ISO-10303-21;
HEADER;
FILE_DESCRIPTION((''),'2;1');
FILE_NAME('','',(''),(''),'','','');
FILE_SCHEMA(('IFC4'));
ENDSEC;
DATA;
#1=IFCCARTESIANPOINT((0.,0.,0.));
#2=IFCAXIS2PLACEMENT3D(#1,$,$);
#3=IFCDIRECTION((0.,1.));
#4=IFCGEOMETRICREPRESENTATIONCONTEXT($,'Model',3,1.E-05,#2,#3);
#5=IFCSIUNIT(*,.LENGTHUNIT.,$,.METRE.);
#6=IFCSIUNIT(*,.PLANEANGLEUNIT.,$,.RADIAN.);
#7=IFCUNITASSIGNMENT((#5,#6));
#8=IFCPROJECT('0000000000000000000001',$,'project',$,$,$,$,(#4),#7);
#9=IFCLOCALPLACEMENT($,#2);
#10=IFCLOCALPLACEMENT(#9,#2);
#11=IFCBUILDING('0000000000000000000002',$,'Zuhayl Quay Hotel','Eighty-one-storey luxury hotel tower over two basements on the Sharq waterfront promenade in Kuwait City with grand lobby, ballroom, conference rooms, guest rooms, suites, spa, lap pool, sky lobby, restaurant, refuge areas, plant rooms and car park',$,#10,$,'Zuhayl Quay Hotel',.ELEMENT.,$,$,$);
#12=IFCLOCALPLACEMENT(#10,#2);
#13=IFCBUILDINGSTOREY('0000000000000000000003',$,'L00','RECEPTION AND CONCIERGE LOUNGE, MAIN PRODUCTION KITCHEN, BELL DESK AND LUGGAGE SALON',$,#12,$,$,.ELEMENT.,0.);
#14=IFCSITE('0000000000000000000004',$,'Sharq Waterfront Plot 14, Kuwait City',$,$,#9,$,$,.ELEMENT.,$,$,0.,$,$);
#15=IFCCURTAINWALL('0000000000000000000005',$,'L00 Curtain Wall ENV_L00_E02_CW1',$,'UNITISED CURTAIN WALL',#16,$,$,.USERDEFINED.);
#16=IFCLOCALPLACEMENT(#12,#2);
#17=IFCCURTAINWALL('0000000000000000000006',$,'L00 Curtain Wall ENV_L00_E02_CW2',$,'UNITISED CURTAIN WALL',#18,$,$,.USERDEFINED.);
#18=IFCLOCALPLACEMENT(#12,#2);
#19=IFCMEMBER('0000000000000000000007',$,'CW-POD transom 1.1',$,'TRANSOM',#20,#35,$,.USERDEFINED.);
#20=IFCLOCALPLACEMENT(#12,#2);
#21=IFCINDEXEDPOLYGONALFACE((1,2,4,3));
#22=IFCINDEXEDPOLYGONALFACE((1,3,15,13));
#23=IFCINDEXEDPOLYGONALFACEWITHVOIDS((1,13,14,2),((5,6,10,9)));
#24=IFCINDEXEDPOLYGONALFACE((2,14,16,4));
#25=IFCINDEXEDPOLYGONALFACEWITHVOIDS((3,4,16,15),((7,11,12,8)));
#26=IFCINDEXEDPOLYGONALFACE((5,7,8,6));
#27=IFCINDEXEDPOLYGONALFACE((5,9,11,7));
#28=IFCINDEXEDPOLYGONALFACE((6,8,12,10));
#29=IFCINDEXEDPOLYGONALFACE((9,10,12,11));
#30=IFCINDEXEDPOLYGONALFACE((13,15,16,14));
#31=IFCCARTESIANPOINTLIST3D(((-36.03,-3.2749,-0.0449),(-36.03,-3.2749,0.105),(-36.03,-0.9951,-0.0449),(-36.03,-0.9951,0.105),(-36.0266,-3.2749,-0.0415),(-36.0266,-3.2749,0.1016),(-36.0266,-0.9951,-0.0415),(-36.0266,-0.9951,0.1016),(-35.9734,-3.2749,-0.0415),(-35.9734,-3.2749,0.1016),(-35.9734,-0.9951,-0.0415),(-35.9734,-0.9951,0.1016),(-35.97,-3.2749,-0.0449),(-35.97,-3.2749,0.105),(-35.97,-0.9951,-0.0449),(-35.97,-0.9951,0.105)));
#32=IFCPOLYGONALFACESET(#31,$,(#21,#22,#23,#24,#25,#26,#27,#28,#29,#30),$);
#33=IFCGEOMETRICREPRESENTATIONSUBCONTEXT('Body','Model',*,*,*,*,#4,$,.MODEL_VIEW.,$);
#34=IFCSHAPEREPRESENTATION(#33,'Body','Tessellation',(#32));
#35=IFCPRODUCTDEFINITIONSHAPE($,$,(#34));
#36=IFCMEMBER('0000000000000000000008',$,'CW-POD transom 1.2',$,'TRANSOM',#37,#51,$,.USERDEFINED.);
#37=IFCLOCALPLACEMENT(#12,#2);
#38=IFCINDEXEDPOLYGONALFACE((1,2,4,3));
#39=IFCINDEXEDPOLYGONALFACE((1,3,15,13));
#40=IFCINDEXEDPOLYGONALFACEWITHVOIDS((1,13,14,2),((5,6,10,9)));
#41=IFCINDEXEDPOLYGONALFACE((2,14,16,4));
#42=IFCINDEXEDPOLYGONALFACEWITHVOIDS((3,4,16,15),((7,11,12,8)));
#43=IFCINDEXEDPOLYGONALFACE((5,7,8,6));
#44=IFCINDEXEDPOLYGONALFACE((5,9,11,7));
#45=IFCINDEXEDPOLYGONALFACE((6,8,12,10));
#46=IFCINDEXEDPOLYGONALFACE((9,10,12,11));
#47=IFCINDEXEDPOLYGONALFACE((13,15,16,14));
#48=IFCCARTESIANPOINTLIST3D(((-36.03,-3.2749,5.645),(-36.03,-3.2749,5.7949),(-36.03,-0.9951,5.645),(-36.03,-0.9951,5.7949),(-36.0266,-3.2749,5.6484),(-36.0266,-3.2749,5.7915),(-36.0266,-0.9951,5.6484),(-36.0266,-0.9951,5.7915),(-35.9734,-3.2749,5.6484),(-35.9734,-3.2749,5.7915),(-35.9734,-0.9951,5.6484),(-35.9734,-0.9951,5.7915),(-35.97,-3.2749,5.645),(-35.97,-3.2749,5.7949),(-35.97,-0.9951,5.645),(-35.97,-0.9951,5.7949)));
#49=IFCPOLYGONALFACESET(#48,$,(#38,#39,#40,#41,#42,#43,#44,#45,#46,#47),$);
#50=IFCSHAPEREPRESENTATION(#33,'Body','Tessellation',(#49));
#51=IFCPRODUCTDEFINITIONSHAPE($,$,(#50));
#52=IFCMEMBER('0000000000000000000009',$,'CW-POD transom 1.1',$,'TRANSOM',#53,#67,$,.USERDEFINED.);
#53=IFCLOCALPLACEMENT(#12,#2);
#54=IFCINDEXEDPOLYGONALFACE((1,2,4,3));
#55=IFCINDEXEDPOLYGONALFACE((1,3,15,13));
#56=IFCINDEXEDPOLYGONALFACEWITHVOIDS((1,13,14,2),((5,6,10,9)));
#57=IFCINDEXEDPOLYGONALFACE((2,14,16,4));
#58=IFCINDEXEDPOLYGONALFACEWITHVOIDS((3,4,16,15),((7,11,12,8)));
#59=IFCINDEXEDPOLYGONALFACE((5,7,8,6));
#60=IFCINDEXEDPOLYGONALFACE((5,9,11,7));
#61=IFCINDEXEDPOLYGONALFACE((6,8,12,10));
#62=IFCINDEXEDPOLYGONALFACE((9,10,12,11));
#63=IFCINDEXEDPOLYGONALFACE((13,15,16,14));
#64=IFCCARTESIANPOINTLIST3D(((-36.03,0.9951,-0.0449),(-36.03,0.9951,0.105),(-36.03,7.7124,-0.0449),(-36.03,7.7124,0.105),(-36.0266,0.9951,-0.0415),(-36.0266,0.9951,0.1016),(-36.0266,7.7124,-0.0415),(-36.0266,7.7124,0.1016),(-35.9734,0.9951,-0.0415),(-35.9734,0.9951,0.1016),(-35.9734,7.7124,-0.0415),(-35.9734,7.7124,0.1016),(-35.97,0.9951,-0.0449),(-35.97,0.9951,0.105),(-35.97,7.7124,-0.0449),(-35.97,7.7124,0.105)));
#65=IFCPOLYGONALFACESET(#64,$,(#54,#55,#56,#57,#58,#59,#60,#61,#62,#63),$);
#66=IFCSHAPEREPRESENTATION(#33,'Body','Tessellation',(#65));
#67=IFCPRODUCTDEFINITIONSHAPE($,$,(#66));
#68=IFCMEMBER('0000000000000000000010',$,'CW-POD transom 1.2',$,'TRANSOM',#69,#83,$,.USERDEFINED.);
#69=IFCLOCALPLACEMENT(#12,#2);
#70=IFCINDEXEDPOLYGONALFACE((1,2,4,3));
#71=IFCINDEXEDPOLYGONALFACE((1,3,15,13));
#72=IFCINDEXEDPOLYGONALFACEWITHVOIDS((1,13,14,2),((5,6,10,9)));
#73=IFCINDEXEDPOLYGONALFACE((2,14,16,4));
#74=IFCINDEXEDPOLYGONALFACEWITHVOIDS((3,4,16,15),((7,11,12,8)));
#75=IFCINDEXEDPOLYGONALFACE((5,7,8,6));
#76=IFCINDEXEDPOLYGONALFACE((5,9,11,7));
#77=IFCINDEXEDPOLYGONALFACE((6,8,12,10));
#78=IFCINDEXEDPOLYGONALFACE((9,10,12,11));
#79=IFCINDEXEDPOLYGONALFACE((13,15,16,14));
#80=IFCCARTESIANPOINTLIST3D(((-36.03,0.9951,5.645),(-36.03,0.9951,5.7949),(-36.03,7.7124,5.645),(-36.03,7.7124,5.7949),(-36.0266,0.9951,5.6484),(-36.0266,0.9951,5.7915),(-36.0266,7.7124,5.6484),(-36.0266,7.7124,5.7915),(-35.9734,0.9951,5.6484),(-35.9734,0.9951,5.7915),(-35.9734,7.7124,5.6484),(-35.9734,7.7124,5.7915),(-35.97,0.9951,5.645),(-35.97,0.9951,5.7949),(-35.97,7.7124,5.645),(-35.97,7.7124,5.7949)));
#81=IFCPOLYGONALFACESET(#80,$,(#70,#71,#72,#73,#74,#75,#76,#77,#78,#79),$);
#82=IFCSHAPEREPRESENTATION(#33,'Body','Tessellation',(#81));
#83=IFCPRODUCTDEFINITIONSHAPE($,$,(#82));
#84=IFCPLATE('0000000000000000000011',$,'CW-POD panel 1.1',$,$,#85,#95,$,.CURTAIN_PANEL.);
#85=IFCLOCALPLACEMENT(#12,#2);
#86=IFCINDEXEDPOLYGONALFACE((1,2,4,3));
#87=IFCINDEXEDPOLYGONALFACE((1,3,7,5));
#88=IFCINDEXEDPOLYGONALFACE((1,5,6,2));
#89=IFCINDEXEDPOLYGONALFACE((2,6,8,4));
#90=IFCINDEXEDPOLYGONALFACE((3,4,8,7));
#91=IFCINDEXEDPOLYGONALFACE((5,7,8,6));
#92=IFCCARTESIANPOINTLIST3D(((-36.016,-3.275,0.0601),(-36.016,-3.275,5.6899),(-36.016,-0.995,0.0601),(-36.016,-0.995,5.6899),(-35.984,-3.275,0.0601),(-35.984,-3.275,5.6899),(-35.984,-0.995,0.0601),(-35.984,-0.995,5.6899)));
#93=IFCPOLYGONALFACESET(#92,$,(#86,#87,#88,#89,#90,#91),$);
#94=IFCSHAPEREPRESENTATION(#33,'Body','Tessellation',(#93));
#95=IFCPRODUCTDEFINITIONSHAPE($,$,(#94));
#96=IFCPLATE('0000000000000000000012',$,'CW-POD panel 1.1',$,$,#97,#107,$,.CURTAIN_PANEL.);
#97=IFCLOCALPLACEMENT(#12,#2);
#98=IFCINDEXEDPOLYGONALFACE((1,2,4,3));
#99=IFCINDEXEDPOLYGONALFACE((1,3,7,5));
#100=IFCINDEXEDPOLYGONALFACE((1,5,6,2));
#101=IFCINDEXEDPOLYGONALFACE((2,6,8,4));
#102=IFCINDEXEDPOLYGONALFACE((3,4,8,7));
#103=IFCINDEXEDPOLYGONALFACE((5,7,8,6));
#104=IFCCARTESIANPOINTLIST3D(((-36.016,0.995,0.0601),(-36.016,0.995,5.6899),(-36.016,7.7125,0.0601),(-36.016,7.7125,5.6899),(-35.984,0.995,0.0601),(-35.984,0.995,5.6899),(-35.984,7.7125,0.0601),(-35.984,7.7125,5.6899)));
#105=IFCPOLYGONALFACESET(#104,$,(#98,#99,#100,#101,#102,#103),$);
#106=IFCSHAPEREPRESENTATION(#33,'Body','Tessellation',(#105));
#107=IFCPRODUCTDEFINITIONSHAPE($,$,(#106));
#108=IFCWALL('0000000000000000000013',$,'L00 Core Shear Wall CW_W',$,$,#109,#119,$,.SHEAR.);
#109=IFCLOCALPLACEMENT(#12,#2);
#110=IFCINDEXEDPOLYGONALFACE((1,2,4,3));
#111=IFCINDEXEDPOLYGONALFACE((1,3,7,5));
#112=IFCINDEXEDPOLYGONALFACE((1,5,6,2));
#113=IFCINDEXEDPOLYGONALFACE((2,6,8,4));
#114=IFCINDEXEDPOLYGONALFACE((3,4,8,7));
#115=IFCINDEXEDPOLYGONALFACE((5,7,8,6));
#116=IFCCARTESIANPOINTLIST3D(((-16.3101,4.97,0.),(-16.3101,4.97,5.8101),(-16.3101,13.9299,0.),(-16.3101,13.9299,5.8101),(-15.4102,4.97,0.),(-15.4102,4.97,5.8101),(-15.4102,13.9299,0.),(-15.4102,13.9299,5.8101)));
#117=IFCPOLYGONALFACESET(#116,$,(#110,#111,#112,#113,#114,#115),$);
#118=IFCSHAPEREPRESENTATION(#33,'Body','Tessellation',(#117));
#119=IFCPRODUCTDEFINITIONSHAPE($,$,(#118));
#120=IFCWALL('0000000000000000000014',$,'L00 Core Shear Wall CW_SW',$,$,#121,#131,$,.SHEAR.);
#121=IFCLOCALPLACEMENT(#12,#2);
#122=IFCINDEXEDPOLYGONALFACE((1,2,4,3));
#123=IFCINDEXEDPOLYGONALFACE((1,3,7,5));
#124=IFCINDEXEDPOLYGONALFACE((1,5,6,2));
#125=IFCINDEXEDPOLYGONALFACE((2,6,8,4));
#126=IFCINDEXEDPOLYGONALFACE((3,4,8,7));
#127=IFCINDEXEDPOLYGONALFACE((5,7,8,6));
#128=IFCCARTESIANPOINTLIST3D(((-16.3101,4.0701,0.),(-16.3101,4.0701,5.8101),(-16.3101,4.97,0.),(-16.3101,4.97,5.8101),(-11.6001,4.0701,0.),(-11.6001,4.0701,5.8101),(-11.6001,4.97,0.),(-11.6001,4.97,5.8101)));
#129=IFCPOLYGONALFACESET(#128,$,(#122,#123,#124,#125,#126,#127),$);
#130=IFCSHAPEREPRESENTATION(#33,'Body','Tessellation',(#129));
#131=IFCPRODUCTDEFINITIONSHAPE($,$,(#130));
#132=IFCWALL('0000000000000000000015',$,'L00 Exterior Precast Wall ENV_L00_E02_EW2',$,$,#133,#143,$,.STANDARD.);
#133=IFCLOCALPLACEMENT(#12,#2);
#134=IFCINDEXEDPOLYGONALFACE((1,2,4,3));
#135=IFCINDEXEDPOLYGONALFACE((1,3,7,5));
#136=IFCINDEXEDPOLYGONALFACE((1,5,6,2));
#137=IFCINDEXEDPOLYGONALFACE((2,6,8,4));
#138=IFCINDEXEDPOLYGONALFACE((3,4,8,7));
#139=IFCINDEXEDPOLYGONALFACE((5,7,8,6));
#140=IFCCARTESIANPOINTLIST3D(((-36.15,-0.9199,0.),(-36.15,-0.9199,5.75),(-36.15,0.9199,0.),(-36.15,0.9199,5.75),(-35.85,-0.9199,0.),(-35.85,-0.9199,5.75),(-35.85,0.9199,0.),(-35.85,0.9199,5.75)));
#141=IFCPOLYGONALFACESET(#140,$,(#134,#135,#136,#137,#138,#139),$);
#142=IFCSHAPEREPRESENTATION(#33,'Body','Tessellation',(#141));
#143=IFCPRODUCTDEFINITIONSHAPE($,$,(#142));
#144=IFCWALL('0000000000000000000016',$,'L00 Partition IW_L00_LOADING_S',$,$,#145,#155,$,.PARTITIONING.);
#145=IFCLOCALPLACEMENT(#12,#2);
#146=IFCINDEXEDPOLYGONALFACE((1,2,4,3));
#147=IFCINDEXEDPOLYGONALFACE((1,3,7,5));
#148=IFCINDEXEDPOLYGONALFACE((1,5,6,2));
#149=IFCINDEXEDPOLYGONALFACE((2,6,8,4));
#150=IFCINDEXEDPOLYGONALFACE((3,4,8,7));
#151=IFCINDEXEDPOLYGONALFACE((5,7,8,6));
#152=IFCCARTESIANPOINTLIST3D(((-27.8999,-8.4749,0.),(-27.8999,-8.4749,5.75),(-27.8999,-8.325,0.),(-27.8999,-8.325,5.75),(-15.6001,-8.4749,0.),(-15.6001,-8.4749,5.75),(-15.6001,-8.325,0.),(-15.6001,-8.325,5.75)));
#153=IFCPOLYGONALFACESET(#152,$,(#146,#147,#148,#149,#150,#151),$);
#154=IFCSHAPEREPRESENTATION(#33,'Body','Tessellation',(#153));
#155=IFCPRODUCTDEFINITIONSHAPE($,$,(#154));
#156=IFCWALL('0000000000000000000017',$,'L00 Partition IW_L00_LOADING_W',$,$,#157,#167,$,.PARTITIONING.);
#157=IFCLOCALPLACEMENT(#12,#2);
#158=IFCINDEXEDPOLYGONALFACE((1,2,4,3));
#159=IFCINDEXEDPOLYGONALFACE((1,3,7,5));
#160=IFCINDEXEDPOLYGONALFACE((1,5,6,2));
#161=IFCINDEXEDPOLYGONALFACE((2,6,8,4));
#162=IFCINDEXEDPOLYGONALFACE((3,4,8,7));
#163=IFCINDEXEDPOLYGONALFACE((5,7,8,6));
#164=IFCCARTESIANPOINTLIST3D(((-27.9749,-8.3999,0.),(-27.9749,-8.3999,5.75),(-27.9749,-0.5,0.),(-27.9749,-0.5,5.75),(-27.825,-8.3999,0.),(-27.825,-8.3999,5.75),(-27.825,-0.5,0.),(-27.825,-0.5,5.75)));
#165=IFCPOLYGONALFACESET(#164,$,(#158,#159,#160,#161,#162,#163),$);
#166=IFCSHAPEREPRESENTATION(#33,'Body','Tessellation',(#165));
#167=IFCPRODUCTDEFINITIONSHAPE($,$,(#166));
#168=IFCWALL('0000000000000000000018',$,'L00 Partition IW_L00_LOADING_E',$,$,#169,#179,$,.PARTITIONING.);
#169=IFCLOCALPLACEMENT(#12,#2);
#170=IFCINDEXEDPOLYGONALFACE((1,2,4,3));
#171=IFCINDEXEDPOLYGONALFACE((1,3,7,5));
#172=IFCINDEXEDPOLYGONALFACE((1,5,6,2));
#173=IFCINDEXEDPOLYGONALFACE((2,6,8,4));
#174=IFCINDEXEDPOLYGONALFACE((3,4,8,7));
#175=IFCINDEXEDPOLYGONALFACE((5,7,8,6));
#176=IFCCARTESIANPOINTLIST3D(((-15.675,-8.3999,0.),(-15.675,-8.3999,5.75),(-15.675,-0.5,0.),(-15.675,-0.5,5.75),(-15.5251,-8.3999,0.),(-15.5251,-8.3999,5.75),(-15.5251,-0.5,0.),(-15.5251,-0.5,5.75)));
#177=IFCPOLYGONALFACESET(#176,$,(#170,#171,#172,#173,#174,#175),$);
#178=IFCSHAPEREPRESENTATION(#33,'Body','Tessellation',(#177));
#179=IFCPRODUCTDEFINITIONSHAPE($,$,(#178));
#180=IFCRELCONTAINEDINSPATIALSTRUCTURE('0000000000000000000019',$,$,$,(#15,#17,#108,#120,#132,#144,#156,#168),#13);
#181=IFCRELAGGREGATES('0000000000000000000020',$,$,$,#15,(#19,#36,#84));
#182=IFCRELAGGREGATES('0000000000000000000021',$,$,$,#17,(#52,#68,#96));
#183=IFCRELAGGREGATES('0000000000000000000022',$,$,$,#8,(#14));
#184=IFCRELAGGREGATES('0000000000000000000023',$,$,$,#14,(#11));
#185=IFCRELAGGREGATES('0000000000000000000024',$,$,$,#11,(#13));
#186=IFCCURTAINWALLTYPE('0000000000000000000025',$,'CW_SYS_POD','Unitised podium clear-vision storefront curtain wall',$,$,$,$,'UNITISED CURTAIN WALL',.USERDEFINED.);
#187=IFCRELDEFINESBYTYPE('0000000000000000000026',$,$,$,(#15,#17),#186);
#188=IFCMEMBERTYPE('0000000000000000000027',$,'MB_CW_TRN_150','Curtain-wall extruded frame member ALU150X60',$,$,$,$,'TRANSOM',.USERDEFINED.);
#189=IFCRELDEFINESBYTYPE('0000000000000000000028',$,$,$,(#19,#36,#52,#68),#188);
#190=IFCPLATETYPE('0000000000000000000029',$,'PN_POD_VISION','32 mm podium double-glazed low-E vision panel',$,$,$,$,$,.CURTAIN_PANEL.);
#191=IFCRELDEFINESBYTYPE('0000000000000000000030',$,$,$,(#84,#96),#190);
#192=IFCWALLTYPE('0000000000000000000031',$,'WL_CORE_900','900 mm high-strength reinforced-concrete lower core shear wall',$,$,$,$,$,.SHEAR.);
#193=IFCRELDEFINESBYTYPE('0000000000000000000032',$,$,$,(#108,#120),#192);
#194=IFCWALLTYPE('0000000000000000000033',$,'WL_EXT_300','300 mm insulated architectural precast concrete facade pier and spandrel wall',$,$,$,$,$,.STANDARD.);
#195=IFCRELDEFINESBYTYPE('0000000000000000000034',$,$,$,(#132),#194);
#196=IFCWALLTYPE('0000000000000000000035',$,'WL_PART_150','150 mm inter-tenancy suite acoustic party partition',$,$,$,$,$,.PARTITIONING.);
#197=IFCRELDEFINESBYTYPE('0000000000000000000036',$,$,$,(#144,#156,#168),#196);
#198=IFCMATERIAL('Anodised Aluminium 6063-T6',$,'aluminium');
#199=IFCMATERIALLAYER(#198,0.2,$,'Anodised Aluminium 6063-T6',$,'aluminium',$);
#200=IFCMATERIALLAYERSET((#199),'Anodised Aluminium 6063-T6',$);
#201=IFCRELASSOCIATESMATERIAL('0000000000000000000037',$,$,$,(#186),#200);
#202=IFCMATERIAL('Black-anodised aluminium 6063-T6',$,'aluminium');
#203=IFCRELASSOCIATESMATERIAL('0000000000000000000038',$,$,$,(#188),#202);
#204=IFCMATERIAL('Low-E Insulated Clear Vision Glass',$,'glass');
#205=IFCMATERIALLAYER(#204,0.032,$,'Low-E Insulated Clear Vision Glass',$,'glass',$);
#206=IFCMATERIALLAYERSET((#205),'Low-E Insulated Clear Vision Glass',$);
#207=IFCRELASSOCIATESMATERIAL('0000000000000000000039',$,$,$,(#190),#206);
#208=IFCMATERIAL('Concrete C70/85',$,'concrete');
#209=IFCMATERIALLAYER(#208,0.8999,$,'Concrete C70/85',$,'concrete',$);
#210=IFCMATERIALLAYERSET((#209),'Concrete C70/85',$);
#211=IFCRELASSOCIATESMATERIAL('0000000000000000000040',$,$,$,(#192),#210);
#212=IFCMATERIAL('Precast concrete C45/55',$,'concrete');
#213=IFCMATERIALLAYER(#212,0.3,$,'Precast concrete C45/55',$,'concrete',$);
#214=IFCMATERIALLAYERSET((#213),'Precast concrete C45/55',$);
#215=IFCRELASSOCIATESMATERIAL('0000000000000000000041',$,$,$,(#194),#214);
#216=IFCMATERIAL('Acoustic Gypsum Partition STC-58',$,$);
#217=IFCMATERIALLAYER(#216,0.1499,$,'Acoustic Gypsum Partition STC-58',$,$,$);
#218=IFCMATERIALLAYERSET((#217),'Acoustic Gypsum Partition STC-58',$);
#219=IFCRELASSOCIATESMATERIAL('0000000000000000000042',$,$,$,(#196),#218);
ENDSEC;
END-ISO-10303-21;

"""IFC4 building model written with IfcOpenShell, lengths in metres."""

from ifc_helpers import new_model, si_unit, direction, frame, frame_2d, origin, origin_2d, place, context, subcontext, project, spatial, rectangle, hollow_rectangle, extrude, material, layer, layer_set, material_profile, profile_set, type_object, element, aggregate, save


model = new_model("IFC4")

# Units and contexts
model_context = context("Model", 3, precision=1e-05, world=origin(), true_north=direction((0.0, 1.0)))
body_context = subcontext(model_context, "Body", "Model", "MODEL_VIEW")
ifc_project = project(units=[si_unit("LENGTHUNIT", "METRE"), si_unit("PLANEANGLEUNIT", "RADIAN")], contexts=[model_context])

# Site, building, storey
site_placement = place(None, origin())
site = spatial("IfcSite", under=ifc_project, at=site_placement, Name="Sharq Waterfront Plot 14, Kuwait City", CompositionType="ELEMENT", RefElevation=0.0)
building_placement = place(site_placement, origin())
building = spatial("IfcBuilding", under=site, at=building_placement, Name="Zuhayl Quay Hotel", Description="Eighty-one-storey luxury hotel tower over two basements on the Sharq waterfront promenade in Kuwait City with grand lobby, ballroom, conference rooms, guest rooms, suites, spa, lap pool, sky lobby, restaurant, refuge areas, plant rooms and car park", LongName="Zuhayl Quay Hotel", CompositionType="ELEMENT")
storey_placement = place(building_placement, origin())
storey = spatial("IfcBuildingStorey", under=building, at=storey_placement, Name="L00", Description="RECEPTION AND CONCIERGE LOUNGE, MAIN PRODUCTION KITCHEN, BELL DESK AND LUGGAGE SALON", CompositionType="ELEMENT", Elevation=0.0)

# Shared definitions
ifc_material_1 = material(Name="Concrete C70/85", Category="concrete")

# Curtain wall
ifc_material_2 = material(Name="Anodised Aluminium 6063-T6", Category="aluminium")
ifc_layer_1 = layer(ifc_material_2, 0.2, Name="Anodised Aluminium 6063-T6", Category="aluminium")
ifc_layer_set_1 = layer_set([ifc_layer_1], Name="Anodised Aluminium 6063-T6")
curtain_wall_type = type_object("IfcCurtainWallType", Name="CW_SYS_POD", Description="Unitised podium clear-vision storefront curtain wall", ElementType="UNITISED CURTAIN WALL", PredefinedType="USERDEFINED", material=ifc_layer_set_1)
curtain_wall_1_placement = place(storey_placement, origin())
curtain_wall_1 = element("IfcCurtainWall", 1, at=curtain_wall_1_placement, inside=storey, type_object=curtain_wall_type, Name="L00 Curtain Wall ENV_L00_E02_CW1", ObjectType="UNITISED CURTAIN WALL", PredefinedType="USERDEFINED")
ifc_material_3 = material(Name="Black-anodised aluminium 6063-T6", Category="aluminium")

# Curtain wall
curtain_wall_2_placement = place(storey_placement, origin())
curtain_wall_2 = element("IfcCurtainWall", 2, at=curtain_wall_2_placement, inside=storey, type_object=curtain_wall_type, Name="L00 Curtain Wall ENV_L00_E02_CW2", ObjectType="UNITISED CURTAIN WALL", PredefinedType="USERDEFINED")

# Members
ifc_material_profile_1 = material_profile(ifc_material_3, hollow_rectangle(XDim=0.0601, YDim=0.1499, WallThickness=0.0034, at=origin_2d()), Name="ALU150X60")
ifc_profile_set_1 = profile_set([ifc_material_profile_1], Name="Black-anodised aluminium 6063-T6")
member_type_1 = type_object("IfcMemberType", Name="MB_CW_TRN_150", Description="Curtain-wall extruded frame member ALU150X60", ElementType="TRANSOM", PredefinedType="USERDEFINED", material=ifc_profile_set_1)
member_1_placement = place(storey_placement, frame((-36.0, -3.2749, 0.03), z_axis=(0.0, 1.0, 0.0), x_axis=(-1.0, 0.0, 0.0)))
member_1 = element("IfcMember", 3, at=member_1_placement, type_object=member_type_1, Name="CW-POD transom 1.1", ObjectType="TRANSOM", PredefinedType="USERDEFINED", context=body_context, shape_type="SweptSolid", body=[
    extrude(hollow_rectangle(XDim=0.0601, YDim=0.1499, WallThickness=0.0034, at=origin_2d()), origin(), (0.0, 0.0, 1.0), 2.2798),
])
member_2_placement = place(storey_placement, frame((-36.0, -3.2749, 5.72), z_axis=(0.0, 1.0, 0.0), x_axis=(-1.0, 0.0, 0.0)))
member_2 = element("IfcMember", 4, at=member_2_placement, type_object=member_type_1, Name="CW-POD transom 1.2", ObjectType="TRANSOM", PredefinedType="USERDEFINED", context=body_context, shape_type="SweptSolid", body=[
    extrude(hollow_rectangle(XDim=0.0601, YDim=0.1499, WallThickness=0.0034, at=origin_2d()), origin(), (0.0, 0.0, 1.0), 2.2798),
])
member_3_placement = place(storey_placement, frame((-36.0, 0.9951, 0.03), z_axis=(0.0, 1.0, 0.0), x_axis=(-1.0, 0.0, 0.0)))
member_3 = element("IfcMember", 5, at=member_3_placement, type_object=member_type_1, Name="CW-POD transom 1.1", ObjectType="TRANSOM", PredefinedType="USERDEFINED", context=body_context, shape_type="SweptSolid", body=[
    extrude(hollow_rectangle(XDim=0.0601, YDim=0.1499, WallThickness=0.0034, at=origin_2d()), origin(), (0.0, 0.0, 1.0), 6.7173),
])
member_4_placement = place(storey_placement, frame((-36.0, 0.9951, 5.72), z_axis=(0.0, 1.0, 0.0), x_axis=(-1.0, 0.0, 0.0)))
member_4 = element("IfcMember", 6, at=member_4_placement, type_object=member_type_1, Name="CW-POD transom 1.2", ObjectType="TRANSOM", PredefinedType="USERDEFINED", context=body_context, shape_type="SweptSolid", body=[
    extrude(hollow_rectangle(XDim=0.0601, YDim=0.1499, WallThickness=0.0034, at=origin_2d()), origin(), (0.0, 0.0, 1.0), 6.7173),
])

# Plates
ifc_material_4 = material(Name="Low-E Insulated Clear Vision Glass", Category="glass")
ifc_layer_2 = layer(ifc_material_4, 0.032, Name="Low-E Insulated Clear Vision Glass", Category="glass")
ifc_layer_set_2 = layer_set([ifc_layer_2], Name="Low-E Insulated Clear Vision Glass")
plate_type = type_object("IfcPlateType", Name="PN_POD_VISION", Description="32 mm podium double-glazed low-E vision panel", PredefinedType="CURTAIN_PANEL", material=ifc_layer_set_2)
plate_1_placement = place(storey_placement, frame((-36.0, -2.135, 0.0601), z_axis=(0.0, 0.0, 1.0), x_axis=(0.0, 1.0, 0.0)))
plate_1 = element("IfcPlate", 7, at=plate_1_placement, type_object=plate_type, Name="CW-POD panel 1.1", PredefinedType="CURTAIN_PANEL", context=body_context, shape_type="SweptSolid", body=[
    extrude(rectangle(XDim=2.28, YDim=0.032, at=origin_2d()), origin(), (0.0, 0.0, 1.0), 5.6299),
])
aggregate(curtain_wall_1, [member_1, member_2, plate_1])
plate_2_placement = place(storey_placement, frame((-36.0, 4.3538, 0.0601), z_axis=(0.0, 0.0, 1.0), x_axis=(0.0, 1.0, 0.0)))
plate_2 = element("IfcPlate", 8, at=plate_2_placement, type_object=plate_type, Name="CW-POD panel 1.1", PredefinedType="CURTAIN_PANEL", context=body_context, shape_type="SweptSolid", body=[
    extrude(rectangle(XDim=6.7175, YDim=0.032, at=origin_2d()), origin(), (0.0, 0.0, 1.0), 5.6299),
])
aggregate(curtain_wall_2, [member_3, member_4, plate_2])

# Walls
ifc_layer_3 = layer(ifc_material_1, 0.8999, Name="Concrete C70/85", Category="concrete")
ifc_layer_set_3 = layer_set([ifc_layer_3], Name="Concrete C70/85")
wall_type_1 = type_object("IfcWallType", Name="WL_CORE_900", Description="900 mm high-strength reinforced-concrete lower core shear wall", PredefinedType="SHEAR", material=ifc_layer_set_3)
wall_1_placement = place(storey_placement, frame((-15.8601, 4.97, 0.0), z_axis=(0.0, 0.0, 1.0), x_axis=(0.0, 1.0, 0.0)))
element("IfcWall", 9, at=wall_1_placement, inside=storey, type_object=wall_type_1, Name="L00 Core Shear Wall CW_W", PredefinedType="SHEAR", context=body_context, shape_type="SweptSolid", body=[
    extrude(rectangle(XDim=8.96, YDim=0.8999, at=frame_2d((4.48, 0.0))), origin(), (0.0, 0.0, 1.0), 5.8101),
])
wall_2_placement = place(storey_placement, frame((-16.3101, 4.52, 0.0), z_axis=(0.0, 0.0, 1.0), x_axis=(1.0, 0.0, 0.0)))
element("IfcWall", 10, at=wall_2_placement, inside=storey, type_object=wall_type_1, Name="L00 Core Shear Wall CW_SW", PredefinedType="SHEAR", context=body_context, shape_type="SweptSolid", body=[
    extrude(rectangle(XDim=4.71, YDim=0.8999, at=frame_2d((2.355, 0.0))), origin(), (0.0, 0.0, 1.0), 5.8101),
])
ifc_material_5 = material(Name="Precast concrete C45/55", Category="concrete")
ifc_layer_4 = layer(ifc_material_5, 0.3, Name="Precast concrete C45/55", Category="concrete")
ifc_layer_set_4 = layer_set([ifc_layer_4], Name="Precast concrete C45/55")
wall_type_2 = type_object("IfcWallType", Name="WL_EXT_300", Description="300 mm insulated architectural precast concrete facade pier and spandrel wall", PredefinedType="STANDARD", material=ifc_layer_set_4)
wall_3_placement = place(storey_placement, frame((-36.0, -0.9199, 0.0), z_axis=(0.0, 0.0, 1.0), x_axis=(0.0, 1.0, 0.0)))
element("IfcWall", 11, at=wall_3_placement, inside=storey, type_object=wall_type_2, Name="L00 Exterior Precast Wall ENV_L00_E02_EW2", PredefinedType="STANDARD", context=body_context, shape_type="SweptSolid", body=[
    extrude(rectangle(XDim=1.8398, YDim=0.3, at=frame_2d((0.9199, 0.0))), origin(), (0.0, 0.0, 1.0), 5.75),
])
ifc_material_6 = material(Name="Acoustic Gypsum Partition STC-58")
ifc_layer_5 = layer(ifc_material_6, 0.1499, Name="Acoustic Gypsum Partition STC-58")
ifc_layer_set_5 = layer_set([ifc_layer_5], Name="Acoustic Gypsum Partition STC-58")
wall_type_3 = type_object("IfcWallType", Name="WL_PART_150", Description="150 mm inter-tenancy suite acoustic party partition", PredefinedType="PARTITIONING", material=ifc_layer_set_5)
wall_4_placement = place(storey_placement, frame((-27.8999, -8.3999, 0.0), z_axis=(0.0, 0.0, 1.0), x_axis=(1.0, 0.0, 0.0)))
element("IfcWall", 12, at=wall_4_placement, inside=storey, type_object=wall_type_3, Name="L00 Partition IW_L00_LOADING_S", PredefinedType="PARTITIONING", context=body_context, shape_type="SweptSolid", body=[
    extrude(rectangle(XDim=12.2998, YDim=0.1499, at=frame_2d((6.1499, 0.0))), origin(), (0.0, 0.0, 1.0), 5.75),
])
for number, where, z_axis, x_axis, name in (
    (13, (-27.8999, -8.3999, 0.0), (0.0, 0.0, 1.0), (0.0, 1.0, 0.0), "L00 Partition IW_L00_LOADING_W"),
    (14, (-15.6001, -8.3999, 0.0), (0.0, 0.0, 1.0), (0.0, 1.0, 0.0), "L00 Partition IW_L00_LOADING_E"),
):
    element("IfcWall", number, at=place(storey_placement, frame(where, z_axis=z_axis, x_axis=x_axis)), inside=storey, type_object=wall_type_3, Name=name, PredefinedType="PARTITIONING", context=body_context, shape_type="SweptSolid", body=[
        extrude(rectangle(XDim=7.8999, YDim=0.1499, at=frame_2d((3.95, 0.0))), origin(), (0.0, 0.0, 1.0), 5.75),
    ])

save(model, "model.ifc")
